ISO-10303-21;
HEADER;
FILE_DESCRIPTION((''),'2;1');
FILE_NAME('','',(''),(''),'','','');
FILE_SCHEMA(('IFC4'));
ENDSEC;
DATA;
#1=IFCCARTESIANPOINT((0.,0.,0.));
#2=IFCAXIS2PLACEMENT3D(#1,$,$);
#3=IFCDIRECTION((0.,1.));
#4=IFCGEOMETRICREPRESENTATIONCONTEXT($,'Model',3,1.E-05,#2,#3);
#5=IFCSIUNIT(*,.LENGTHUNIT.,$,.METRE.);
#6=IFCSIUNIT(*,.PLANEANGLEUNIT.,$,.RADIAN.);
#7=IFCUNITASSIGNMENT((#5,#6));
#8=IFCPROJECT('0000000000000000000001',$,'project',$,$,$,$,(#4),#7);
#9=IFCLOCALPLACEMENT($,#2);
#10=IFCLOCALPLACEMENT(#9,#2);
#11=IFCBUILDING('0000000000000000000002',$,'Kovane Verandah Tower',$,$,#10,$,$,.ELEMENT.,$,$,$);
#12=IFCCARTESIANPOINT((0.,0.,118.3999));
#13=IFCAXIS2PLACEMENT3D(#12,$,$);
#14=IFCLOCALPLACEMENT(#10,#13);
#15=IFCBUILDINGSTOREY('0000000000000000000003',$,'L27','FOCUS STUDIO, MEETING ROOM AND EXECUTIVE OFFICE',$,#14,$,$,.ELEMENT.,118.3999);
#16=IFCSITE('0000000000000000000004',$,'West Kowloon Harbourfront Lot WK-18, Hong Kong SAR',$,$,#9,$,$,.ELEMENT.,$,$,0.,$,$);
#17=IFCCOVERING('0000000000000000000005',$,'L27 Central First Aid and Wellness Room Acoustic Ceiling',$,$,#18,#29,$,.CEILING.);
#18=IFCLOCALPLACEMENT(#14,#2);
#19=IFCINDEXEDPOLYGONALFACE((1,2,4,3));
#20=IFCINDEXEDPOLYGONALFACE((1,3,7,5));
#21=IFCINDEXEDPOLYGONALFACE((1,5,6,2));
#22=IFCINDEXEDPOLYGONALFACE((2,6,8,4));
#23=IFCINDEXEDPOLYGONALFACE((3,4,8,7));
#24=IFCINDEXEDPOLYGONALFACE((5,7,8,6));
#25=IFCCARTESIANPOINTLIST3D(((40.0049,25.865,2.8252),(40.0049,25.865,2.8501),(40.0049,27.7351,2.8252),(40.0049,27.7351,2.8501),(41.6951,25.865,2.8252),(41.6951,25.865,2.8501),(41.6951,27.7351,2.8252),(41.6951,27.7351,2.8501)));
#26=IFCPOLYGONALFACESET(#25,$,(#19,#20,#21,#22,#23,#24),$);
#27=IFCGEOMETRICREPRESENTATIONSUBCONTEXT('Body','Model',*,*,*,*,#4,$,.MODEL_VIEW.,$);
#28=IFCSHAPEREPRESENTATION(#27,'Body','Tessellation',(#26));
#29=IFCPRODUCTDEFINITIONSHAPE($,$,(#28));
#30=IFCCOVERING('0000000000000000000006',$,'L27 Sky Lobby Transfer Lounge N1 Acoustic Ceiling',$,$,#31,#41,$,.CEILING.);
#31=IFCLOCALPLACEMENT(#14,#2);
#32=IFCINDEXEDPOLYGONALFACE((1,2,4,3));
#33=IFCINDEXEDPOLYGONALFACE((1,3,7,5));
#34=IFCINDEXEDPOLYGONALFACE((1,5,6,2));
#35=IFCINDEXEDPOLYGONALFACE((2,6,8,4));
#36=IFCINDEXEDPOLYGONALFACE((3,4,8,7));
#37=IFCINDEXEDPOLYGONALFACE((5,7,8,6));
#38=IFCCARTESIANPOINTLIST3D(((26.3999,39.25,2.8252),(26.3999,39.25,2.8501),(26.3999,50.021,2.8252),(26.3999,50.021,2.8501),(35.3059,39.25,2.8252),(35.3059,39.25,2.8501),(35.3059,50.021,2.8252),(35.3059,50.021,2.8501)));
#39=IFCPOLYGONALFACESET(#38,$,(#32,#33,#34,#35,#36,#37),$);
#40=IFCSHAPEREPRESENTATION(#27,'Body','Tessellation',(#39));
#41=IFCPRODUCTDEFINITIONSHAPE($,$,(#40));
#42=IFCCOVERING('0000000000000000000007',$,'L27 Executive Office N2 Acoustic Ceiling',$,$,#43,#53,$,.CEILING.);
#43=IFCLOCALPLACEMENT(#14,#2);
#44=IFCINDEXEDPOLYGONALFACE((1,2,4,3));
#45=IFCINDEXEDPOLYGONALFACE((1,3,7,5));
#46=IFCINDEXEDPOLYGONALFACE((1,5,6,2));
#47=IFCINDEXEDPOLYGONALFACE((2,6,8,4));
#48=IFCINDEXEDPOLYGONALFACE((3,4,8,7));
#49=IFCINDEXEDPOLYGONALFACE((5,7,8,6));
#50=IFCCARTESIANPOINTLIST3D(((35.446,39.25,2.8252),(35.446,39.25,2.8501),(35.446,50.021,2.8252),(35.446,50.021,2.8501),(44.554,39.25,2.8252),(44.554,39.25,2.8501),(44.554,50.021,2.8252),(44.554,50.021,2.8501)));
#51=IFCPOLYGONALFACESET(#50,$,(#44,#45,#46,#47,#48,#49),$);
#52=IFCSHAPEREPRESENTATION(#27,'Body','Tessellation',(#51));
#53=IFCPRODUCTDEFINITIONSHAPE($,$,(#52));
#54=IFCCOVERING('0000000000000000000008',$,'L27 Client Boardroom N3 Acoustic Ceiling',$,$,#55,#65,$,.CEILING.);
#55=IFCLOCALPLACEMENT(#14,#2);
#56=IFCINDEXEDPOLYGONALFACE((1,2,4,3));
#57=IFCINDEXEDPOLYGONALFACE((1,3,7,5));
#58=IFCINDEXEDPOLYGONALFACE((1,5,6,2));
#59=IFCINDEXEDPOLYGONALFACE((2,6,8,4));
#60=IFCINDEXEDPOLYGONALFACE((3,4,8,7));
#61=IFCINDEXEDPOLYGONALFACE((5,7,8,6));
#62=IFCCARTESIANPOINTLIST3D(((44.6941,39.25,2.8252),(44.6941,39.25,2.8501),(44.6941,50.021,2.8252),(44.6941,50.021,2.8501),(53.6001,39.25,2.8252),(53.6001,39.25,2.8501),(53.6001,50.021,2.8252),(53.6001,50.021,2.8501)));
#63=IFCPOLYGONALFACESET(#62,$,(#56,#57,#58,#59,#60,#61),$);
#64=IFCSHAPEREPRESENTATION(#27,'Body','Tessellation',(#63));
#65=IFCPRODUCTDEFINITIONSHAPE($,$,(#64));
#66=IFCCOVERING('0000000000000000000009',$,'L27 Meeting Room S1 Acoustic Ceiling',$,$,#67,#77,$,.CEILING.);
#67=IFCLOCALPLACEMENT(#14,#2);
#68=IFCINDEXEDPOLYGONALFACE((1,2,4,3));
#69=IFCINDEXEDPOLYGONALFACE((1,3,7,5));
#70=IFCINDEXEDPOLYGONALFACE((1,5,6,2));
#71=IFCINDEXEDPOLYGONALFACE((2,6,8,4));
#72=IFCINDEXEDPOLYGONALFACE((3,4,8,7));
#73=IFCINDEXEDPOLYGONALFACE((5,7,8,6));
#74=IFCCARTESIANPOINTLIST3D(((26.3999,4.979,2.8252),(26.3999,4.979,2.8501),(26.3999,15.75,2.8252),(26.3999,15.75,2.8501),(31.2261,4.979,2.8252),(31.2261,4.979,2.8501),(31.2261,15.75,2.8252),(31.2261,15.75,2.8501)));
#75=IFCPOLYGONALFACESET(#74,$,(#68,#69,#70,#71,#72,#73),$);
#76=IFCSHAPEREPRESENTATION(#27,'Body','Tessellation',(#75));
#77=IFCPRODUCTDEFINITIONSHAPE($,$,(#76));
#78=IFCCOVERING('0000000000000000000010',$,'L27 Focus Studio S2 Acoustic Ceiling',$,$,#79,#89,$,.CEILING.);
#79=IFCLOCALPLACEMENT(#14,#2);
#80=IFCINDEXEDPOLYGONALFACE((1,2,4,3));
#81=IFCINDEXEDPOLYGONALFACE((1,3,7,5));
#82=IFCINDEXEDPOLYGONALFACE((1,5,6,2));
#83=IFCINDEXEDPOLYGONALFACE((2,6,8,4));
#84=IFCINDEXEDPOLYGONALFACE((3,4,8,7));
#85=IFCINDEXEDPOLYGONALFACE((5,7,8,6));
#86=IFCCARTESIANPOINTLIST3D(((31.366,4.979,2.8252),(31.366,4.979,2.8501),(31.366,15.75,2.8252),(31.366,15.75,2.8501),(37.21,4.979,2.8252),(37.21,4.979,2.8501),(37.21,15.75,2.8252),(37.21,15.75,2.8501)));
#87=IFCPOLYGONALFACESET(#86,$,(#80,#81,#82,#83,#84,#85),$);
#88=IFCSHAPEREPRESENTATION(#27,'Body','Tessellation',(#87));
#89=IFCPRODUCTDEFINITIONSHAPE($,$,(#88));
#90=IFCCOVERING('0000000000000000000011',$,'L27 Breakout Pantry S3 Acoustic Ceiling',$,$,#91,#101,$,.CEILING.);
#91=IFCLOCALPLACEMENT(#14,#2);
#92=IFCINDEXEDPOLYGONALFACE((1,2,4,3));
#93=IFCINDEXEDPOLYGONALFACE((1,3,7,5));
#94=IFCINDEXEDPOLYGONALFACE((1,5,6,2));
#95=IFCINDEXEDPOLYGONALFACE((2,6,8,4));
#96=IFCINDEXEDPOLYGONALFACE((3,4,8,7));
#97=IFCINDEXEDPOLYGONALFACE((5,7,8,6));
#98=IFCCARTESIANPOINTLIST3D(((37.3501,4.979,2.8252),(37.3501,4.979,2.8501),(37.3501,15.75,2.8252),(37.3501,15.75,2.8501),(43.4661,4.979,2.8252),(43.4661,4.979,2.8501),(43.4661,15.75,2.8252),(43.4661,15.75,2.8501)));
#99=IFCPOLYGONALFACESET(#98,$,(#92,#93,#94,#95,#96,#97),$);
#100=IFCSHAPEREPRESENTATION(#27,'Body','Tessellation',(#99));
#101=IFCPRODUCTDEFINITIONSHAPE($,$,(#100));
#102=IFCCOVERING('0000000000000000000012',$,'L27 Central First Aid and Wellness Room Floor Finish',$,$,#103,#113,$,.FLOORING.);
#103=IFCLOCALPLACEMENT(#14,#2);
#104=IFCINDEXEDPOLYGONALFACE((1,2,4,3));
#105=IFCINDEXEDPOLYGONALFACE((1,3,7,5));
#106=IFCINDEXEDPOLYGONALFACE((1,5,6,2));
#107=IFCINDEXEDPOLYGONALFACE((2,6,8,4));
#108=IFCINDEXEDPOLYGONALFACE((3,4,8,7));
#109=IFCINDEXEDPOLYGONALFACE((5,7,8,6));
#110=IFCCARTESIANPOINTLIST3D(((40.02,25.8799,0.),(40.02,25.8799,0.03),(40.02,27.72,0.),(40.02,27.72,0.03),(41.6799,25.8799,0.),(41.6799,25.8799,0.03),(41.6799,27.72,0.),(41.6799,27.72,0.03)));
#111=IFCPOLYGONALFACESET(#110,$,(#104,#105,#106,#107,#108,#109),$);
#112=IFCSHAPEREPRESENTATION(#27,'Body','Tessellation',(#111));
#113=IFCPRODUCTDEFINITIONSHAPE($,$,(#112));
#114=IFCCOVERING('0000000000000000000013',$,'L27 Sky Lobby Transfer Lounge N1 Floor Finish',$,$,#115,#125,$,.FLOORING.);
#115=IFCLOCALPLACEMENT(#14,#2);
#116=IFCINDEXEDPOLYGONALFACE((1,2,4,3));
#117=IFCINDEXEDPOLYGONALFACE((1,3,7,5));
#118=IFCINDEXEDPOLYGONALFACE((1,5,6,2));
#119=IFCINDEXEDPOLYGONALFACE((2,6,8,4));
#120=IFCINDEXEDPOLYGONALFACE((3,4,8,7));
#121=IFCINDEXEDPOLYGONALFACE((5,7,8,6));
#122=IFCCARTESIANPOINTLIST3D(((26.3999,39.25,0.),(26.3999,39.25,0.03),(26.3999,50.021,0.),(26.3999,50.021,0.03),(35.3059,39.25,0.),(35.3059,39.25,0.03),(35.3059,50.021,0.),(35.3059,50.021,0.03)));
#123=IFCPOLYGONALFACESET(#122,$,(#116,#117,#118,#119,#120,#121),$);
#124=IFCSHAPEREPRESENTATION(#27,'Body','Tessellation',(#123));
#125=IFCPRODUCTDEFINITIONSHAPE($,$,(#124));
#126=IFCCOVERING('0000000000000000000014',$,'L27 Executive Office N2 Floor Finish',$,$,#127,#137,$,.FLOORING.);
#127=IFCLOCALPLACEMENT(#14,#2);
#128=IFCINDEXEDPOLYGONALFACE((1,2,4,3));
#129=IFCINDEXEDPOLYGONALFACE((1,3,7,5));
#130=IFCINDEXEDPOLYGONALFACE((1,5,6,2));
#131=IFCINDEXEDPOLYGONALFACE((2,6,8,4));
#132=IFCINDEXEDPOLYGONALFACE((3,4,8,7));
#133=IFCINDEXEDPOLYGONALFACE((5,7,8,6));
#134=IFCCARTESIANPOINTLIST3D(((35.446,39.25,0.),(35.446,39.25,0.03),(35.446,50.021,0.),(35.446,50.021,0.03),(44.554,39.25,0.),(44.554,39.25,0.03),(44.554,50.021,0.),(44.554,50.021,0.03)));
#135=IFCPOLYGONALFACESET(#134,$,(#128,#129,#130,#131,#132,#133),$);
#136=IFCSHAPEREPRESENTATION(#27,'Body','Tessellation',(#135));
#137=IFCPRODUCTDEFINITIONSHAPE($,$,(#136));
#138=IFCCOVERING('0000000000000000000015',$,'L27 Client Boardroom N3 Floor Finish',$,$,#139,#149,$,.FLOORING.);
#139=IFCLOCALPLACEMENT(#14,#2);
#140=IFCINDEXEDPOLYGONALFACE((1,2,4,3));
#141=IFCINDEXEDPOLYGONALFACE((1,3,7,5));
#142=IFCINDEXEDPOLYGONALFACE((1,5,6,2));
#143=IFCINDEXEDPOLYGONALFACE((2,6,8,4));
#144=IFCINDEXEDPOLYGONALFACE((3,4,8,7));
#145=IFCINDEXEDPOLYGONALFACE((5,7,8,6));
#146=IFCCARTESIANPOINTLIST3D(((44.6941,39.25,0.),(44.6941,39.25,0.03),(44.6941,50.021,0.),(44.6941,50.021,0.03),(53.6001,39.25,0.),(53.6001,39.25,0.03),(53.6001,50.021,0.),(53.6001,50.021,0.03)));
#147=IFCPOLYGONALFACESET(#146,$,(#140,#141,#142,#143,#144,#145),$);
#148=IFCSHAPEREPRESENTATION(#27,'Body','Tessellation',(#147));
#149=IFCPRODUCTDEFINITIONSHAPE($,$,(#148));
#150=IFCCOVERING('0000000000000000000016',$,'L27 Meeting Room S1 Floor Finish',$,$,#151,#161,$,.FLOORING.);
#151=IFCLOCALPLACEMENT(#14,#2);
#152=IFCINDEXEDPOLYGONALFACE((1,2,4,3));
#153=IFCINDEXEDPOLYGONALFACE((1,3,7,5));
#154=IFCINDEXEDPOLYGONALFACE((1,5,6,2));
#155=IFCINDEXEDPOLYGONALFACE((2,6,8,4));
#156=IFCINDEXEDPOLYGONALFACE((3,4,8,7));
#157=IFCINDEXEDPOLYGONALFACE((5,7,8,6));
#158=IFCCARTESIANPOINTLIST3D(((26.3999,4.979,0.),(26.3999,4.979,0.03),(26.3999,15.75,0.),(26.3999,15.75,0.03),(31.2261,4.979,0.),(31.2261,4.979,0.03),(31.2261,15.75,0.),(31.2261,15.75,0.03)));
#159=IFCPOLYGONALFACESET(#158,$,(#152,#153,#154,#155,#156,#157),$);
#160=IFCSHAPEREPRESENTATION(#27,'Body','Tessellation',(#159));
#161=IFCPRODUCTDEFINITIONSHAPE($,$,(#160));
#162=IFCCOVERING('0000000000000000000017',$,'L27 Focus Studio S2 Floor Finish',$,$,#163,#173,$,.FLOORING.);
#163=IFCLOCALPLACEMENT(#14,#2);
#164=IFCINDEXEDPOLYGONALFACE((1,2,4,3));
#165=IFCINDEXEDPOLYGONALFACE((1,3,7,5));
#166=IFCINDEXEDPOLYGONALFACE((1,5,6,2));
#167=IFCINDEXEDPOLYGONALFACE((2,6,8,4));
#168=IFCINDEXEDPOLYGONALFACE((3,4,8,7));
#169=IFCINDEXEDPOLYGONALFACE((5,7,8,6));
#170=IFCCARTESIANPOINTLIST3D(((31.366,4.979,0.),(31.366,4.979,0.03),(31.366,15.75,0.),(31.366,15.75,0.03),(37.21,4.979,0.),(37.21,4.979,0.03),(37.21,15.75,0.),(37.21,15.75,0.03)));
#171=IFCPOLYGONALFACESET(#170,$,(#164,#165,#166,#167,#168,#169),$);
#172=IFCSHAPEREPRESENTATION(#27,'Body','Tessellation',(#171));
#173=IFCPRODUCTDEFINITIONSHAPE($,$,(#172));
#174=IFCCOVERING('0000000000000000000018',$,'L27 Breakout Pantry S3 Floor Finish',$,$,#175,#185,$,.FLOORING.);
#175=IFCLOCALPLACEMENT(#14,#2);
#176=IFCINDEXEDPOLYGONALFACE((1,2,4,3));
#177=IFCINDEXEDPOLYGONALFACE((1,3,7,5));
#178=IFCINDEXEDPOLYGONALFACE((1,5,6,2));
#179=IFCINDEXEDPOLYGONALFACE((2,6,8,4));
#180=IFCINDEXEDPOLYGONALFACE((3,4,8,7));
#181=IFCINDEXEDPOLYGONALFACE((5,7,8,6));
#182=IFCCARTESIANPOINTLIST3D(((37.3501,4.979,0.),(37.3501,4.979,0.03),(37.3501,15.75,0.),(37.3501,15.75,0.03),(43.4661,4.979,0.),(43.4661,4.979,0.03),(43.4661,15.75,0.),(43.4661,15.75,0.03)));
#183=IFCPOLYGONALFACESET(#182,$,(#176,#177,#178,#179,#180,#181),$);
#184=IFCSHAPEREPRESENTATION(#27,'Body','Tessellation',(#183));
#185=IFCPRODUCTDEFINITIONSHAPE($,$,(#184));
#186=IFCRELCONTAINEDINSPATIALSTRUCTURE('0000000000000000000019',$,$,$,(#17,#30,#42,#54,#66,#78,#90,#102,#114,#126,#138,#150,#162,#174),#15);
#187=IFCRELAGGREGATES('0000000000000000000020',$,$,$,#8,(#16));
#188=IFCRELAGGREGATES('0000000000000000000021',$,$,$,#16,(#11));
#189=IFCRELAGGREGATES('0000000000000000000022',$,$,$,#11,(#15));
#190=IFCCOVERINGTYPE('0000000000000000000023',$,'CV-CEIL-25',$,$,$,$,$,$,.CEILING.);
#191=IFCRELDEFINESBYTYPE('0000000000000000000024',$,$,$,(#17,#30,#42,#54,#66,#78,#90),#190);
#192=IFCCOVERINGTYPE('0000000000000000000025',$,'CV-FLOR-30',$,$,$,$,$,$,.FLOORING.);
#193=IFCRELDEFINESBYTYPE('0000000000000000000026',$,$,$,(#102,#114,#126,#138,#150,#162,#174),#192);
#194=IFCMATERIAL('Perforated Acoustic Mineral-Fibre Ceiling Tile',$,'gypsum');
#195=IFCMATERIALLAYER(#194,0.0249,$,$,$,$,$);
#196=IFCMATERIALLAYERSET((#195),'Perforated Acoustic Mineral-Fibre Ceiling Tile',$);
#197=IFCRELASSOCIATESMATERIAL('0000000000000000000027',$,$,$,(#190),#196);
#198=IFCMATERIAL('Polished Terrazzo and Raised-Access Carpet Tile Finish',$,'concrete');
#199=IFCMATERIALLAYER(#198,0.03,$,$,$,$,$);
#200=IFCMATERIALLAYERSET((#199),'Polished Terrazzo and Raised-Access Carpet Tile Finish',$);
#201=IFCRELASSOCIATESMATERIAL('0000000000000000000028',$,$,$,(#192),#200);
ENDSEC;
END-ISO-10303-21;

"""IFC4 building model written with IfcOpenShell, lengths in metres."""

from ifc_helpers import new_model, si_unit, direction, frame, origin, place, context, subcontext, project, spatial, polyline, outline, extrude, material, layer, layer_set, type_object, element, save


model = new_model("IFC4")

# Units and contexts
model_context = context("Model", 3, precision=1e-05, world=origin(), true_north=direction((0.0, 1.0)))
body_context = subcontext(model_context, "Body", "Model", "MODEL_VIEW")
ifc_project = project(units=[si_unit("LENGTHUNIT", "METRE"), si_unit("PLANEANGLEUNIT", "RADIAN")], contexts=[model_context])

# Site, building, storey
site_placement = place(None, origin())
site = spatial("IfcSite", under=ifc_project, at=site_placement, Name="West Kowloon Harbourfront Lot WK-18, Hong Kong SAR", CompositionType="ELEMENT", RefElevation=0.0)
building_placement = place(site_placement, origin())
building = spatial("IfcBuilding", under=site, at=building_placement, Name="Kovane Verandah Tower", CompositionType="ELEMENT")
storey_placement = place(building_placement, frame((0.0, 0.0, 118.3999)))
storey = spatial("IfcBuildingStorey", under=building, at=storey_placement, Name="L27", Description="FOCUS STUDIO, MEETING ROOM AND EXECUTIVE OFFICE", CompositionType="ELEMENT", Elevation=118.3999)

# Coverings
ifc_material_1 = material(Name="Perforated Acoustic Mineral-Fibre Ceiling Tile", Category="gypsum")
ifc_layer_1 = layer(ifc_material_1, 0.0249)
ifc_layer_set_1 = layer_set([ifc_layer_1], Name="Perforated Acoustic Mineral-Fibre Ceiling Tile")
covering_type_1 = type_object("IfcCoveringType", Name="CV-CEIL-25", PredefinedType="CEILING", material=ifc_layer_set_1)
covering_1_placement = place(storey_placement, frame((0.0, 0.0, 2.8252)))
element("IfcCovering", 1, at=covering_1_placement, inside=storey, type_object=covering_type_1, Name="L27 Central First Aid and Wellness Room Acoustic Ceiling", PredefinedType="CEILING", context=body_context, shape_type="SweptSolid", body=[
    extrude(outline(polyline([(40.0049, 25.865), (41.6951, 25.865), (41.6951, 27.7351), (40.0049, 27.7351), (40.0049, 25.865)])), origin(), (0.0, 0.0, 1.0), 0.0249),
])
covering_2_placement = place(storey_placement, frame((0.0, 0.0, 2.8252)))
element("IfcCovering", 2, at=covering_2_placement, inside=storey, type_object=covering_type_1, Name="L27 Sky Lobby Transfer Lounge N1 Acoustic Ceiling", PredefinedType="CEILING", context=body_context, shape_type="SweptSolid", body=[
    extrude(outline(polyline([(26.3999, 39.25), (35.3059, 39.25), (35.3059, 50.021), (26.3999, 50.021), (26.3999, 39.25)])), origin(), (0.0, 0.0, 1.0), 0.0249),
])
covering_3_placement = place(storey_placement, frame((0.0, 0.0, 2.8252)))
element("IfcCovering", 3, at=covering_3_placement, inside=storey, type_object=covering_type_1, Name="L27 Executive Office N2 Acoustic Ceiling", PredefinedType="CEILING", context=body_context, shape_type="SweptSolid", body=[
    extrude(outline(polyline([(35.446, 39.25), (44.554, 39.25), (44.554, 50.021), (35.446, 50.021), (35.446, 39.25)])), origin(), (0.0, 0.0, 1.0), 0.0249),
])
covering_4_placement = place(storey_placement, frame((0.0, 0.0, 2.8252)))
element("IfcCovering", 4, at=covering_4_placement, inside=storey, type_object=covering_type_1, Name="L27 Client Boardroom N3 Acoustic Ceiling", PredefinedType="CEILING", context=body_context, shape_type="SweptSolid", body=[
    extrude(outline(polyline([(44.6941, 39.25), (53.6001, 39.25), (53.6001, 50.021), (44.6941, 50.021), (44.6941, 39.25)])), origin(), (0.0, 0.0, 1.0), 0.0249),
])
covering_5_placement = place(storey_placement, frame((0.0, 0.0, 2.8252)))
element("IfcCovering", 5, at=covering_5_placement, inside=storey, type_object=covering_type_1, Name="L27 Meeting Room S1 Acoustic Ceiling", PredefinedType="CEILING", context=body_context, shape_type="SweptSolid", body=[
    extrude(outline(polyline([(26.3999, 4.979), (31.2261, 4.979), (31.2261, 15.75), (26.3999, 15.75), (26.3999, 4.979)])), origin(), (0.0, 0.0, 1.0), 0.0249),
])
covering_6_placement = place(storey_placement, frame((0.0, 0.0, 2.8252)))
element("IfcCovering", 6, at=covering_6_placement, inside=storey, type_object=covering_type_1, Name="L27 Focus Studio S2 Acoustic Ceiling", PredefinedType="CEILING", context=body_context, shape_type="SweptSolid", body=[
    extrude(outline(polyline([(31.366, 4.979), (37.21, 4.979), (37.21, 15.75), (31.366, 15.75), (31.366, 4.979)])), origin(), (0.0, 0.0, 1.0), 0.0249),
])
covering_7_placement = place(storey_placement, frame((0.0, 0.0, 2.8252)))
element("IfcCovering", 7, at=covering_7_placement, inside=storey, type_object=covering_type_1, Name="L27 Breakout Pantry S3 Acoustic Ceiling", PredefinedType="CEILING", context=body_context, shape_type="SweptSolid", body=[
    extrude(outline(polyline([(37.3501, 4.979), (43.4661, 4.979), (43.4661, 15.75), (37.3501, 15.75), (37.3501, 4.979)])), origin(), (0.0, 0.0, 1.0), 0.0249),
])
ifc_material_2 = material(Name="Polished Terrazzo and Raised-Access Carpet Tile Finish", Category="concrete")
ifc_layer_2 = layer(ifc_material_2, 0.03)
ifc_layer_set_2 = layer_set([ifc_layer_2], Name="Polished Terrazzo and Raised-Access Carpet Tile Finish")
covering_type_2 = type_object("IfcCoveringType", Name="CV-FLOR-30", PredefinedType="FLOORING", material=ifc_layer_set_2)
covering_8_placement = place(storey_placement, origin())
element("IfcCovering", 8, at=covering_8_placement, inside=storey, type_object=covering_type_2, Name="L27 Central First Aid and Wellness Room Floor Finish", PredefinedType="FLOORING", context=body_context, shape_type="SweptSolid", body=[
    extrude(outline(polyline([(40.02, 25.8799), (41.6799, 25.8799), (41.6799, 27.72), (40.02, 27.72), (40.02, 25.8799)])), origin(), (0.0, 0.0, 1.0), 0.03),
])
covering_9_placement = place(storey_placement, origin())
element("IfcCovering", 9, at=covering_9_placement, inside=storey, type_object=covering_type_2, Name="L27 Sky Lobby Transfer Lounge N1 Floor Finish", PredefinedType="FLOORING", context=body_context, shape_type="SweptSolid", body=[
    extrude(outline(polyline([(26.3999, 39.25), (35.3059, 39.25), (35.3059, 50.021), (26.3999, 50.021), (26.3999, 39.25)])), origin(), (0.0, 0.0, 1.0), 0.03),
])
covering_10_placement = place(storey_placement, origin())
element("IfcCovering", 10, at=covering_10_placement, inside=storey, type_object=covering_type_2, Name="L27 Executive Office N2 Floor Finish", PredefinedType="FLOORING", context=body_context, shape_type="SweptSolid", body=[
    extrude(outline(polyline([(35.446, 39.25), (44.554, 39.25), (44.554, 50.021), (35.446, 50.021), (35.446, 39.25)])), origin(), (0.0, 0.0, 1.0), 0.03),
])
covering_11_placement = place(storey_placement, origin())
element("IfcCovering", 11, at=covering_11_placement, inside=storey, type_object=covering_type_2, Name="L27 Client Boardroom N3 Floor Finish", PredefinedType="FLOORING", context=body_context, shape_type="SweptSolid", body=[
    extrude(outline(polyline([(44.6941, 39.25), (53.6001, 39.25), (53.6001, 50.021), (44.6941, 50.021), (44.6941, 39.25)])), origin(), (0.0, 0.0, 1.0), 0.03),
])
covering_12_placement = place(storey_placement, origin())
element("IfcCovering", 12, at=covering_12_placement, inside=storey, type_object=covering_type_2, Name="L27 Meeting Room S1 Floor Finish", PredefinedType="FLOORING", context=body_context, shape_type="SweptSolid", body=[
    extrude(outline(polyline([(26.3999, 4.979), (31.2261, 4.979), (31.2261, 15.75), (26.3999, 15.75), (26.3999, 4.979)])), origin(), (0.0, 0.0, 1.0), 0.03),
])
covering_13_placement = place(storey_placement, origin())
element("IfcCovering", 13, at=covering_13_placement, inside=storey, type_object=covering_type_2, Name="L27 Focus Studio S2 Floor Finish", PredefinedType="FLOORING", context=body_context, shape_type="SweptSolid", body=[
    extrude(outline(polyline([(31.366, 4.979), (37.21, 4.979), (37.21, 15.75), (31.366, 15.75), (31.366, 4.979)])), origin(), (0.0, 0.0, 1.0), 0.03),
])
covering_14_placement = place(storey_placement, origin())
element("IfcCovering", 14, at=covering_14_placement, inside=storey, type_object=covering_type_2, Name="L27 Breakout Pantry S3 Floor Finish", PredefinedType="FLOORING", context=body_context, shape_type="SweptSolid", body=[
    extrude(outline(polyline([(37.3501, 4.979), (43.4661, 4.979), (43.4661, 15.75), (37.3501, 15.75), (37.3501, 4.979)])), origin(), (0.0, 0.0, 1.0), 0.03),
])

save(model, "model.ifc")
